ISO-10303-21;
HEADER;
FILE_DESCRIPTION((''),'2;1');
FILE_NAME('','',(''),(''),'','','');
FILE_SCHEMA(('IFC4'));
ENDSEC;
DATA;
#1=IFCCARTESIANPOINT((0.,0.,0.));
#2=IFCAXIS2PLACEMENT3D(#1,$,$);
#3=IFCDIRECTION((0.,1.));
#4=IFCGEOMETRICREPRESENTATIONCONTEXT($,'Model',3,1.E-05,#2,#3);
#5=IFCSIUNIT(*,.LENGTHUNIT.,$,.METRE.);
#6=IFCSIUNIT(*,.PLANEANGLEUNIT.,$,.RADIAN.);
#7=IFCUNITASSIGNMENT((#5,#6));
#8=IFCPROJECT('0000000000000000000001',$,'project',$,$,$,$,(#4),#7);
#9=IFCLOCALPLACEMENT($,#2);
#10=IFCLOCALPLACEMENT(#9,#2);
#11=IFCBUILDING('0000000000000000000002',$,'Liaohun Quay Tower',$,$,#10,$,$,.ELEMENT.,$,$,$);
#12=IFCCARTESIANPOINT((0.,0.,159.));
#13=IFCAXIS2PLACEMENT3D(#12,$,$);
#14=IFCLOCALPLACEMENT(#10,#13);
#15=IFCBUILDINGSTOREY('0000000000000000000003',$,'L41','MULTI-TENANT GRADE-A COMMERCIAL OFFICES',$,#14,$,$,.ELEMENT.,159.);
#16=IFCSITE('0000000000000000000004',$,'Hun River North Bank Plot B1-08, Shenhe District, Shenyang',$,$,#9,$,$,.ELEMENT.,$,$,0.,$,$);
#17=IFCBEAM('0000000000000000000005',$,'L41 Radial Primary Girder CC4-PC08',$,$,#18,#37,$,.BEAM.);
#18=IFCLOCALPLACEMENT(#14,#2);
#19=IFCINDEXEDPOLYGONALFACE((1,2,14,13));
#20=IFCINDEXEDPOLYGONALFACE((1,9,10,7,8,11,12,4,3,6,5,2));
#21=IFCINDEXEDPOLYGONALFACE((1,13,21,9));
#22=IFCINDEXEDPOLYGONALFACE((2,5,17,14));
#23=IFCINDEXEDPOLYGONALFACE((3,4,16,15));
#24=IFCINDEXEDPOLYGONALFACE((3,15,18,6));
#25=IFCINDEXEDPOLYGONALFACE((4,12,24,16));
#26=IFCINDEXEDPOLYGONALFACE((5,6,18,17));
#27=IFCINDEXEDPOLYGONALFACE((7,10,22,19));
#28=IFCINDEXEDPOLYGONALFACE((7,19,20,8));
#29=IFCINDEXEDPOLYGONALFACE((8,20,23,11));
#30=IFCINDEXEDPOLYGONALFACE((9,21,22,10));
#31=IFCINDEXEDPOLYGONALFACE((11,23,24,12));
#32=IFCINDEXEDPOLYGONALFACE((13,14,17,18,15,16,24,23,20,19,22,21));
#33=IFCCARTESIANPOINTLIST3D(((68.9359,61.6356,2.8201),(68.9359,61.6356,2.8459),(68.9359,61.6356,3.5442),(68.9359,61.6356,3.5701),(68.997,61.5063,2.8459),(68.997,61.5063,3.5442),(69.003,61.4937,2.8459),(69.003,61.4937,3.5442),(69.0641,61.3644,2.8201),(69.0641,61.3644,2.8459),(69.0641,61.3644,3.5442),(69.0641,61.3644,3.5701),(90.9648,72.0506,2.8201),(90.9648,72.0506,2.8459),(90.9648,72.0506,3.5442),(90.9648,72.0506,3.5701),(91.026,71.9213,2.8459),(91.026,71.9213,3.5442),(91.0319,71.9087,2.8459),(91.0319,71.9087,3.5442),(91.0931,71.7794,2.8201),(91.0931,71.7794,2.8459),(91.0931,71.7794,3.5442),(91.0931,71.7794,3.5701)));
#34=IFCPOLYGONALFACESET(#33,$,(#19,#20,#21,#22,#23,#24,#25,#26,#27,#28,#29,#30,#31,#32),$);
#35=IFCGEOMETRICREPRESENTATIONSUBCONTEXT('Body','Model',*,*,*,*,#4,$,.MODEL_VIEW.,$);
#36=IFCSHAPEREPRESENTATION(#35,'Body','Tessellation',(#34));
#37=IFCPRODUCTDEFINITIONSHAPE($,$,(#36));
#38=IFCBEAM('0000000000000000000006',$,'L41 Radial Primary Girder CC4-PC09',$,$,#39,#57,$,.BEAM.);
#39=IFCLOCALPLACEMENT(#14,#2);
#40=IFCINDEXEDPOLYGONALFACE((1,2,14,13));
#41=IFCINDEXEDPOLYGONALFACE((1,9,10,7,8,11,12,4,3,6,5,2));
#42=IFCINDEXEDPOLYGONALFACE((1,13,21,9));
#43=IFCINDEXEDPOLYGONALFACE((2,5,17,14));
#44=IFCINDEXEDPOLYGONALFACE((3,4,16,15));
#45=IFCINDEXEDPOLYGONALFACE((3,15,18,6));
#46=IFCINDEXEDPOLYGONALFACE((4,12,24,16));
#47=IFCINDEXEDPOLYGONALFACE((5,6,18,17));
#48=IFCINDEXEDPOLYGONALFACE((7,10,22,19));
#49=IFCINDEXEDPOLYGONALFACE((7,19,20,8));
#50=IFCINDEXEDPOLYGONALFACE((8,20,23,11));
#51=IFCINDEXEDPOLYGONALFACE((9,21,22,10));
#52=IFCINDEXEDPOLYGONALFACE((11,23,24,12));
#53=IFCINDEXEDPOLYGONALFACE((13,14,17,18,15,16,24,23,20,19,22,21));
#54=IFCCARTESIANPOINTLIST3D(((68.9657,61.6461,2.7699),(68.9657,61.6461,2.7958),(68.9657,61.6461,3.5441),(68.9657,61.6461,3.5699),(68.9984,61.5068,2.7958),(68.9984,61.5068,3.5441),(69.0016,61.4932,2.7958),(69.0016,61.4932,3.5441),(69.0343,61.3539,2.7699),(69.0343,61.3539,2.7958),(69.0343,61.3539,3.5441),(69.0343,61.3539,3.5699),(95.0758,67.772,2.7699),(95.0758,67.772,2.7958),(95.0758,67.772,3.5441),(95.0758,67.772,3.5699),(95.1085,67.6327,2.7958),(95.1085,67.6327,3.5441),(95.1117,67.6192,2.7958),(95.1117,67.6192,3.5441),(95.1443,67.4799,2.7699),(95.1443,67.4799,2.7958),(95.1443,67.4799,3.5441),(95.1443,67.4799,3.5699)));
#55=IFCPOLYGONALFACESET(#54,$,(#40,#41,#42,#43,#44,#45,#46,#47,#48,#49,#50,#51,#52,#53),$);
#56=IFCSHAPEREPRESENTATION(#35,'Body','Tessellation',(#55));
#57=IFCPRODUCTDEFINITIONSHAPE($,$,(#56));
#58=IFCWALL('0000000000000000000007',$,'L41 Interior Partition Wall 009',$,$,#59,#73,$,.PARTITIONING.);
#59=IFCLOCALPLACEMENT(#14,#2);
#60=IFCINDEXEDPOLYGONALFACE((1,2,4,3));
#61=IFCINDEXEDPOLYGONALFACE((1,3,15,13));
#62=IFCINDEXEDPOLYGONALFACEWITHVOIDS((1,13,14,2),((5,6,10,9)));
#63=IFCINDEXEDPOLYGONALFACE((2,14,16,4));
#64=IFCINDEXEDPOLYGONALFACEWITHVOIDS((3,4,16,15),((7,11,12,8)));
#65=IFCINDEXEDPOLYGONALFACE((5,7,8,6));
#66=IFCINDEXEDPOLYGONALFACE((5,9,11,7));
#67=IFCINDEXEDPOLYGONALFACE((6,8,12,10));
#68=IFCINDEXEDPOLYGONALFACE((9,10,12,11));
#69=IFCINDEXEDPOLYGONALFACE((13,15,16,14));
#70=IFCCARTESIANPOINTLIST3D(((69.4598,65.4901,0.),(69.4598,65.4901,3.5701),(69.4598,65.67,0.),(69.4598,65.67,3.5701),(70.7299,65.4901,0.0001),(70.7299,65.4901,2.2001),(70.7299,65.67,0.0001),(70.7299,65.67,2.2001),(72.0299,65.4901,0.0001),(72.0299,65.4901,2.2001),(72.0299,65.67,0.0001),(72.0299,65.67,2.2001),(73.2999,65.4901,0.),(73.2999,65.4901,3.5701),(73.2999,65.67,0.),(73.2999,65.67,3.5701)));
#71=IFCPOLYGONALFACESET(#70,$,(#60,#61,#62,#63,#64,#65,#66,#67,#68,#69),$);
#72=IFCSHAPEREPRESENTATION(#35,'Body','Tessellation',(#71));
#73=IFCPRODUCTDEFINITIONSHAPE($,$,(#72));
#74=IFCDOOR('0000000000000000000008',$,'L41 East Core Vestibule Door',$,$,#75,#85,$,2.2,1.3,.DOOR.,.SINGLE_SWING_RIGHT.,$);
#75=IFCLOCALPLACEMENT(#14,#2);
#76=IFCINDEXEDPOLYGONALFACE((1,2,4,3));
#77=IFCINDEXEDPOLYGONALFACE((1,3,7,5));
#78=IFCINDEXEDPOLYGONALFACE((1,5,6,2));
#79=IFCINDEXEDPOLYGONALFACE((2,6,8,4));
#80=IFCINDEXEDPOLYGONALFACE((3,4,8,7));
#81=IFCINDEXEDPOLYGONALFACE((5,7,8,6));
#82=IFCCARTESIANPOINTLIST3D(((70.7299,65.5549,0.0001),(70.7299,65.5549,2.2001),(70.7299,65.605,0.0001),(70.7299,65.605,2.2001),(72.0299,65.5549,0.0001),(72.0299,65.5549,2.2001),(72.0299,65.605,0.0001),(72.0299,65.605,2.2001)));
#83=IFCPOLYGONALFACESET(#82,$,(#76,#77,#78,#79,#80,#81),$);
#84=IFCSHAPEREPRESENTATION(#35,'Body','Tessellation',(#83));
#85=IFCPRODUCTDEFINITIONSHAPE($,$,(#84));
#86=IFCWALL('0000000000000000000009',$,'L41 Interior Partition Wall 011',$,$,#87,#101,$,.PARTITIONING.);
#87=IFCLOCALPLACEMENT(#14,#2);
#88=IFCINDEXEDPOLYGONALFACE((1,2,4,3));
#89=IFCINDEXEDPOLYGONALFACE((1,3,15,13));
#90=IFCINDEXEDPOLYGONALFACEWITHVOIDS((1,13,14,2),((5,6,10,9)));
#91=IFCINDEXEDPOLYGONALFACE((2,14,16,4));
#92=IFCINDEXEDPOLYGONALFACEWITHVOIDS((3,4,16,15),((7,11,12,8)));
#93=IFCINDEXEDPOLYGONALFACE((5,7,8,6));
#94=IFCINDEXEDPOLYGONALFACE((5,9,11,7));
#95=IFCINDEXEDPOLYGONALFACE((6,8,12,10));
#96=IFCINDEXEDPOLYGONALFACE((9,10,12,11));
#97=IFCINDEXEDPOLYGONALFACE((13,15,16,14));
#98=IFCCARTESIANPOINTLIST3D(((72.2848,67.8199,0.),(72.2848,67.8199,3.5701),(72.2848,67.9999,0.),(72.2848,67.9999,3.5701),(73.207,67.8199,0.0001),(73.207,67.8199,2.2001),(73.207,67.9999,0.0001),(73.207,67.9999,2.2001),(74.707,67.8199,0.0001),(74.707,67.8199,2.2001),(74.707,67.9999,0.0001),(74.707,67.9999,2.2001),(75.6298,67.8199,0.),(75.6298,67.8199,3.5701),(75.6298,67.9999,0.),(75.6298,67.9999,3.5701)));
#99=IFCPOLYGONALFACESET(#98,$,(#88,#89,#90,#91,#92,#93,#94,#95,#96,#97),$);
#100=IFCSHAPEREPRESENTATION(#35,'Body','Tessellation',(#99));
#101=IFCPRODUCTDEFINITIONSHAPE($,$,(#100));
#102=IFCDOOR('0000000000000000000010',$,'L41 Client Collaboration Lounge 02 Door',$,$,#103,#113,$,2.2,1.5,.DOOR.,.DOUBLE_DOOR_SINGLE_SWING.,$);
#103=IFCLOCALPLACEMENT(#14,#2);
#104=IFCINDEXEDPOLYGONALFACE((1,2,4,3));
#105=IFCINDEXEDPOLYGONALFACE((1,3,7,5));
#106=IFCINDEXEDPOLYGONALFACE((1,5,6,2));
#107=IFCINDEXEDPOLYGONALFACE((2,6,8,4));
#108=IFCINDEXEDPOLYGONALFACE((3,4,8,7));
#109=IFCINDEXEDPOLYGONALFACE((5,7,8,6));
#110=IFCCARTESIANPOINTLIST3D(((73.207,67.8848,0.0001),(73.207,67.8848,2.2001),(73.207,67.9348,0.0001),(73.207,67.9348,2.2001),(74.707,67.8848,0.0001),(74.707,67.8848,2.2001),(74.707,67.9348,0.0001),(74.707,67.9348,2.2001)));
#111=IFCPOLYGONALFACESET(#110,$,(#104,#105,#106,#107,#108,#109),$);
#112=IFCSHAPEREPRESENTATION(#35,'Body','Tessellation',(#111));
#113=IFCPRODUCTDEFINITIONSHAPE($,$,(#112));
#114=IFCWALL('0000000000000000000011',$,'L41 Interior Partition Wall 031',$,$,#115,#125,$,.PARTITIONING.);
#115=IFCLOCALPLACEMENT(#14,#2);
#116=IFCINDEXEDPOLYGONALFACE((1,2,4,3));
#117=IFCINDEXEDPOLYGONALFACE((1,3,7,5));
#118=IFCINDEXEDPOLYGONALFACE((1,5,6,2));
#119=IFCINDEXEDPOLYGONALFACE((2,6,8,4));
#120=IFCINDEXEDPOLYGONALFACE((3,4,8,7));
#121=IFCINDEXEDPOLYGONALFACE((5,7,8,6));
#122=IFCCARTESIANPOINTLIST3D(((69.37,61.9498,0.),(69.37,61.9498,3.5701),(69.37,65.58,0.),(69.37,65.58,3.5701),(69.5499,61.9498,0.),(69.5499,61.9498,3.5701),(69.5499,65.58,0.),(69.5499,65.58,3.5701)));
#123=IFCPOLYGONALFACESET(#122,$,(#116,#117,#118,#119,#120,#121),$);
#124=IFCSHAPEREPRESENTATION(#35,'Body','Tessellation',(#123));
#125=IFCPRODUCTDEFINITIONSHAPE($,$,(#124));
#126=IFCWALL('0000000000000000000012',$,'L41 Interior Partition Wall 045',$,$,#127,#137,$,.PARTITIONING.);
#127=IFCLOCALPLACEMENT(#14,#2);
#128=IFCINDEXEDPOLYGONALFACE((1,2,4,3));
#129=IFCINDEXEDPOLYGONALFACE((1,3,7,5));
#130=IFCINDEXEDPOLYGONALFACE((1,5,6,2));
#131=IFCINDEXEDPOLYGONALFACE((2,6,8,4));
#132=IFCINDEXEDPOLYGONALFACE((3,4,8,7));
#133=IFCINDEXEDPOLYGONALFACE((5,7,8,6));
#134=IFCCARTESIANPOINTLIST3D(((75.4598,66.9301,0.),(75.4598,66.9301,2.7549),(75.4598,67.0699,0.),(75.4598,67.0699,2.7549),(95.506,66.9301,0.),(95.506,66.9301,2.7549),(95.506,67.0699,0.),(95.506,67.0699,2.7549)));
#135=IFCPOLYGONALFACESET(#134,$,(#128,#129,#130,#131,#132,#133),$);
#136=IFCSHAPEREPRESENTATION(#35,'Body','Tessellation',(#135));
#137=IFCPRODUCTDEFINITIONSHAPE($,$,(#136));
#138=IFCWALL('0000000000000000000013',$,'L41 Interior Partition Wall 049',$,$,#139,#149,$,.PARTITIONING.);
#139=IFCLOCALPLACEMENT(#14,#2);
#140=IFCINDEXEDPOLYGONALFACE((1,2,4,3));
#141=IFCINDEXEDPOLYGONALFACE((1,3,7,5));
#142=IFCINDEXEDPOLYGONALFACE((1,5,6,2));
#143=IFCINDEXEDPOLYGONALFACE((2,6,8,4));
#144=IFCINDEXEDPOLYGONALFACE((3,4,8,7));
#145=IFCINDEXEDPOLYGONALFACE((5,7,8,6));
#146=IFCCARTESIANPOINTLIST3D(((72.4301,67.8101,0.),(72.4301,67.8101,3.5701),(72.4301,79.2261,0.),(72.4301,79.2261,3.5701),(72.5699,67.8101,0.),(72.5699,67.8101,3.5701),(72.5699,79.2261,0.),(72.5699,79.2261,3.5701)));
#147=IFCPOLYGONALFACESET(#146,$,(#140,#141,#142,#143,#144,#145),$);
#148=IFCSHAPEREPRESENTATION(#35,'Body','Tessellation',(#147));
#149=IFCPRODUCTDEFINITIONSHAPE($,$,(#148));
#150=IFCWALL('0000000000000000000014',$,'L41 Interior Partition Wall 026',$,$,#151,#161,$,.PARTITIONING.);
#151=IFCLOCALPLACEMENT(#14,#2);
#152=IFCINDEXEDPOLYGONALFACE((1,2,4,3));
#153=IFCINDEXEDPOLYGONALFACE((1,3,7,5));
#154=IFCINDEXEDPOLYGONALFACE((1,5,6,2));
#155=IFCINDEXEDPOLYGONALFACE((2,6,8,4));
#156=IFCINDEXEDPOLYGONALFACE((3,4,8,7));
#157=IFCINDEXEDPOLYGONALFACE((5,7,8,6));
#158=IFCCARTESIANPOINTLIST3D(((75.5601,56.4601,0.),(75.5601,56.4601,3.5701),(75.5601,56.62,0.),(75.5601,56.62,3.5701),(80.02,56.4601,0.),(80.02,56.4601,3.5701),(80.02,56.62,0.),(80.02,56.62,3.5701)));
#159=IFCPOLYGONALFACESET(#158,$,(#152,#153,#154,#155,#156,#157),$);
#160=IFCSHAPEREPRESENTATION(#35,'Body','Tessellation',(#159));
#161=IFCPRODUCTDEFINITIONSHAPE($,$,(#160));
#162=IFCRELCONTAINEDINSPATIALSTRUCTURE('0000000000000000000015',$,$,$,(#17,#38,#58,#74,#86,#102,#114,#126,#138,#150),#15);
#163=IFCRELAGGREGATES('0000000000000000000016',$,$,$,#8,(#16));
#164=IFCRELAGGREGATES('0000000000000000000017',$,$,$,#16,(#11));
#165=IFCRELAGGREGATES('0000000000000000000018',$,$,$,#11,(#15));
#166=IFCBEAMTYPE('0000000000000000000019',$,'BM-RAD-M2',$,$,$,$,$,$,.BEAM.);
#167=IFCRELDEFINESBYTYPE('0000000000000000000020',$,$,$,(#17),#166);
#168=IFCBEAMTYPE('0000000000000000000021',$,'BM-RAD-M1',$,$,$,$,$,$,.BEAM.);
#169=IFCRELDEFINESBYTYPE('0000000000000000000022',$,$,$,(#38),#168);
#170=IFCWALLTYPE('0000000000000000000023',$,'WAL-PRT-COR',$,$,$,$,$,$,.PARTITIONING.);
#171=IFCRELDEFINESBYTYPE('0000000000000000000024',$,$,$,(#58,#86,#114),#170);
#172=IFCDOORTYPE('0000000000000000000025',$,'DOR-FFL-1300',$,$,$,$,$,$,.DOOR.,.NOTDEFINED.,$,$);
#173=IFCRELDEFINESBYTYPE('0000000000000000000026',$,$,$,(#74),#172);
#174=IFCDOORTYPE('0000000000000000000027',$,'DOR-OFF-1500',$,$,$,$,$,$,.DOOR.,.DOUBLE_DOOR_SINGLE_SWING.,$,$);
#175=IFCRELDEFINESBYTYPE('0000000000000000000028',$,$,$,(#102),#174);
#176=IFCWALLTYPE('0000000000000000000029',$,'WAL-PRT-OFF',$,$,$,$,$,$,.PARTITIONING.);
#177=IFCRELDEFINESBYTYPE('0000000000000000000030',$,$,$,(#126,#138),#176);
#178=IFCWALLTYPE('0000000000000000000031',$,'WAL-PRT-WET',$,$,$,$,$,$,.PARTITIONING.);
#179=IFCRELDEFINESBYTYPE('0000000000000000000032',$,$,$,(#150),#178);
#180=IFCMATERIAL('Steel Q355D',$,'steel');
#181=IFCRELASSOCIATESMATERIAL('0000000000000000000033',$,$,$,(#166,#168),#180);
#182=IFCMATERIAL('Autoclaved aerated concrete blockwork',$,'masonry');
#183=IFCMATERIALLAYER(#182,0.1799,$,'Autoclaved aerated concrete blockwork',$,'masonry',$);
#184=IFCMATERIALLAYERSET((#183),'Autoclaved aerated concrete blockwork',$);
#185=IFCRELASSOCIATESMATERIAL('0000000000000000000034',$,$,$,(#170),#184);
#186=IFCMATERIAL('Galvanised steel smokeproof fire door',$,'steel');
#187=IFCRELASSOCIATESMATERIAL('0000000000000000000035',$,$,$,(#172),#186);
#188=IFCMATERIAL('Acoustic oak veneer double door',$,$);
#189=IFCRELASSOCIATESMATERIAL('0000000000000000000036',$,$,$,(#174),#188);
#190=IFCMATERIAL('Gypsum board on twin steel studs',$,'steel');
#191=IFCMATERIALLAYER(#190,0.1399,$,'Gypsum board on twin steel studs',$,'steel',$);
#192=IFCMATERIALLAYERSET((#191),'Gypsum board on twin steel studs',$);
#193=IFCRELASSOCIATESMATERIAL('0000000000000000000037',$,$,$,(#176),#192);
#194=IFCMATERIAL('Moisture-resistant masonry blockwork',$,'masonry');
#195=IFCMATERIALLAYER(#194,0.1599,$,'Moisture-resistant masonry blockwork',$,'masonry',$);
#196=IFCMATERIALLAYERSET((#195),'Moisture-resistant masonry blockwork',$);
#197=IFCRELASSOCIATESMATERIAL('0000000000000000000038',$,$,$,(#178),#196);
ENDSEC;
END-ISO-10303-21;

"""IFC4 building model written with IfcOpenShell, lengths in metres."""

from ifc_helpers import new_model, si_unit, direction, frame, frame_2d, origin, origin_2d, place, context, subcontext, project, spatial, rectangle, i_section, extrude, source, transform, mapped, material, layer, layer_set, material_profile, profile_set, type_object, element, fill, save


model = new_model("IFC4")

# Units and contexts
model_context = context("Model", 3, precision=1e-05, world=origin(), true_north=direction((0.0, 1.0)))
body_context = subcontext(model_context, "Body", "Model", "MODEL_VIEW")
ifc_project = project(units=[si_unit("LENGTHUNIT", "METRE"), si_unit("PLANEANGLEUNIT", "RADIAN")], contexts=[model_context])

# Site, building, storey
site_placement = place(None, origin())
site = spatial("IfcSite", under=ifc_project, at=site_placement, Name="Hun River North Bank Plot B1-08, Shenhe District, Shenyang", CompositionType="ELEMENT", RefElevation=0.0)
building_placement = place(site_placement, origin())
building = spatial("IfcBuilding", under=site, at=building_placement, Name="Liaohun Quay Tower", CompositionType="ELEMENT")
storey_placement = place(building_placement, frame((0.0, 0.0, 159.0)))
storey = spatial("IfcBuildingStorey", under=building, at=storey_placement, Name="L41", Description="MULTI-TENANT GRADE-A COMMERCIAL OFFICES", CompositionType="ELEMENT", Elevation=159.0)

# Beams
ifc_material_1 = material(Name="Steel Q355D", Category="steel")
ifc_material_profile_1 = material_profile(ifc_material_1, i_section(OverallWidth=0.3, OverallDepth=0.75, WebThickness=0.0139, FlangeThickness=0.0259, at=origin_2d()), Name="HN750x300x14x26")
ifc_profile_set_1 = profile_set([ifc_material_profile_1], Name="Steel Q355D")
beam_type_1 = type_object("IfcBeamType", Name="BM-RAD-M2", PredefinedType="BEAM", material=ifc_profile_set_1)
shared_shape_1 = source(origin(), body_context, "Body", "SweptSolid", [
    extrude(i_section(OverallWidth=0.3, OverallDepth=0.75, WebThickness=0.0139, FlangeThickness=0.0259, at=origin_2d()), origin(), (0.0, 0.0, 1.0), 24.3669),
])
beam_1_placement = place(storey_placement, frame((69.0, 61.5, 3.1951), z_axis=(0.904052, 0.427423, 0.0), x_axis=(-0.427423, 0.904052, 0.0)))
element("IfcBeam", 1, at=beam_1_placement, inside=storey, type_object=beam_type_1, Name="L41 Radial Primary Girder CC4-PC08", PredefinedType="BEAM", context=body_context, shape_type="MappedRepresentation", body=[
    mapped(shared_shape_1, transform((0.0, 0.0, 0.0), x_axis=(1.0, 0.0, 0.0), y_axis=(0.0, 1.0, 0.0), z_axis=(0.0, 0.0, 1.0), scale=1.0)),
])
ifc_material_profile_2 = material_profile(ifc_material_1, i_section(OverallWidth=0.3, OverallDepth=0.8, WebThickness=0.0139, FlangeThickness=0.0259, at=origin_2d()), Name="HN800x300x14x26")
ifc_profile_set_2 = profile_set([ifc_material_profile_2], Name="Steel Q355D")
beam_type_2 = type_object("IfcBeamType", Name="BM-RAD-M1", PredefinedType="BEAM", material=ifc_profile_set_2)
shared_shape_2 = source(origin(), body_context, "Body", "SweptSolid", [
    extrude(i_section(OverallWidth=0.3, OverallDepth=0.8, WebThickness=0.0139, FlangeThickness=0.0259, at=origin_2d()), origin(), (0.0, 0.0, 1.0), 26.8191),
])
beam_2_placement = place(storey_placement, frame((69.0, 61.5, 3.1699), z_axis=(0.973563, 0.228418, 0.0), x_axis=(-0.228418, 0.973563, 0.0)))
element("IfcBeam", 2, at=beam_2_placement, inside=storey, type_object=beam_type_2, Name="L41 Radial Primary Girder CC4-PC09", PredefinedType="BEAM", context=body_context, shape_type="MappedRepresentation", body=[
    mapped(shared_shape_2, transform((0.0, 0.0, 0.0), x_axis=(1.0, 0.0, 0.0), y_axis=(0.0, 1.0, 0.0), z_axis=(0.0, 0.0, 1.0), scale=1.0)),
])

# Walls, openings, doors
ifc_material_2 = material(Name="Autoclaved aerated concrete blockwork", Category="masonry")
ifc_layer_1 = layer(ifc_material_2, 0.1799, Name="Autoclaved aerated concrete blockwork", Category="masonry")
ifc_layer_set_1 = layer_set([ifc_layer_1], Name="Autoclaved aerated concrete blockwork")
wall_type_1 = type_object("IfcWallType", Name="WAL-PRT-COR", PredefinedType="PARTITIONING", material=ifc_layer_set_1)
wall_1_placement = place(storey_placement, frame((69.46, 65.5801, 0.0), z_axis=(0.0, 0.0, 1.0), x_axis=(1.0, 0.0, 0.0)))
wall_1 = element("IfcWall", 3, at=wall_1_placement, inside=storey, type_object=wall_type_1, Name="L41 Interior Partition Wall 009", PredefinedType="PARTITIONING", context=body_context, shape_type="SweptSolid", body=[
    extrude(rectangle(XDim=3.8401, YDim=0.1799, at=frame_2d((1.9199, 0.0))), origin(), (0.0, 0.0, 1.0), 3.5701),
])
shared_shape_3 = source(origin(), body_context, "Body", "SweptSolid", [
    extrude(rectangle(XDim=1.3, YDim=2.2, at=frame_2d((0.6499, 1.1001))), frame((0.0, 0.0999, 0.0), z_axis=(0.0, -1.0, 0.0), x_axis=(1.0, 0.0, 0.0)), (0.0, 0.0, 1.0), 0.2),
])
opening_1_placement = place(wall_1_placement, frame((1.27, 0.0, 0.0)))
opening_1 = element("IfcOpeningElement", 4, at=opening_1_placement, cuts=wall_1, PredefinedType="OPENING", context=body_context, shape_type="MappedRepresentation", body=[
    mapped(shared_shape_3, transform((0.0, 0.0, 0.0), x_axis=(1.0, 0.0, 0.0), y_axis=(0.0, 1.0, 0.0), z_axis=(0.0, 0.0, 1.0), scale=1.0)),
])
ifc_material_3 = material(Name="Galvanised steel smokeproof fire door", Category="steel")
door_type_1 = type_object("IfcDoorType", Name="DOR-FFL-1300", OperationType="NOTDEFINED", PredefinedType="DOOR", material=ifc_material_3)
shared_shape_4 = source(origin(), body_context, "Body", "SweptSolid", [
    extrude(rectangle(XDim=1.3, YDim=2.2, at=frame_2d((0.6499, 1.1001))), frame((0.0, 0.0249, 0.0), z_axis=(0.0, -1.0, 0.0), x_axis=(1.0, 0.0, 0.0)), (0.0, 0.0, 1.0), 0.05),
])
door_1_placement = place(opening_1_placement, origin())
door_1 = element("IfcDoor", 5, at=door_1_placement, inside=storey, type_object=door_type_1, Name="L41 East Core Vestibule Door", OperationType="SINGLE_SWING_RIGHT", OverallHeight=2.2, OverallWidth=1.3, PredefinedType="DOOR", context=body_context, shape_type="MappedRepresentation", body=[
    mapped(shared_shape_4, transform((0.0, 0.0, 0.0), x_axis=(1.0, 0.0, 0.0), y_axis=(0.0, 1.0, 0.0), z_axis=(0.0, 0.0, 1.0), scale=1.0)),
])
fill(opening_1, door_1)
wall_2_placement = place(storey_placement, frame((72.2849, 67.9099, 0.0), z_axis=(0.0, 0.0, 1.0), x_axis=(1.0, 0.0, 0.0)))
wall_2 = element("IfcWall", 6, at=wall_2_placement, inside=storey, type_object=wall_type_1, Name="L41 Interior Partition Wall 011", PredefinedType="PARTITIONING", context=body_context, shape_type="SweptSolid", body=[
    extrude(rectangle(XDim=3.345, YDim=0.1799, at=frame_2d((1.6724, 0.0))), origin(), (0.0, 0.0, 1.0), 3.5701),
])
shared_shape_5 = source(origin(), body_context, "Body", "SweptSolid", [
    extrude(rectangle(XDim=1.5, YDim=2.2, at=frame_2d((0.75, 1.1001))), frame((0.0, 0.0999, 0.0), z_axis=(0.0, -1.0, 0.0), x_axis=(1.0, 0.0, 0.0)), (0.0, 0.0, 1.0), 0.2),
])
opening_2_placement = place(wall_2_placement, frame((0.9221, 0.0, 0.0)))
opening_2 = element("IfcOpeningElement", 7, at=opening_2_placement, cuts=wall_2, PredefinedType="OPENING", context=body_context, shape_type="MappedRepresentation", body=[
    mapped(shared_shape_5, transform((0.0, 0.0, 0.0), x_axis=(1.0, 0.0, 0.0), y_axis=(0.0, 1.0, 0.0), z_axis=(0.0, 0.0, 1.0), scale=1.0)),
])
ifc_material_4 = material(Name="Acoustic oak veneer double door")
door_type_2 = type_object("IfcDoorType", Name="DOR-OFF-1500", OperationType="DOUBLE_DOOR_SINGLE_SWING", PredefinedType="DOOR", material=ifc_material_4)
shared_shape_6 = source(origin(), body_context, "Body", "SweptSolid", [
    extrude(rectangle(XDim=1.5, YDim=2.2, at=frame_2d((0.75, 1.1001))), frame((0.0, 0.0249, 0.0), z_axis=(0.0, -1.0, 0.0), x_axis=(1.0, 0.0, 0.0)), (0.0, 0.0, 1.0), 0.05),
])
door_2_placement = place(opening_2_placement, origin())
door_2 = element("IfcDoor", 8, at=door_2_placement, inside=storey, type_object=door_type_2, Name="L41 Client Collaboration Lounge 02 Door", OperationType="DOUBLE_DOOR_SINGLE_SWING", OverallHeight=2.2, OverallWidth=1.5, PredefinedType="DOOR", context=body_context, shape_type="MappedRepresentation", body=[
    mapped(shared_shape_6, transform((0.0, 0.0, 0.0), x_axis=(1.0, 0.0, 0.0), y_axis=(0.0, 1.0, 0.0), z_axis=(0.0, 0.0, 1.0), scale=1.0)),
])
fill(opening_2, door_2)

# Walls
wall_3_placement = place(storey_placement, frame((69.46, 61.95, 0.0), z_axis=(0.0, 0.0, 1.0), x_axis=(0.0, 1.0, 0.0)))
element("IfcWall", 9, at=wall_3_placement, inside=storey, type_object=wall_type_1, Name="L41 Interior Partition Wall 031", PredefinedType="PARTITIONING", context=body_context, shape_type="SweptSolid", body=[
    extrude(rectangle(XDim=3.6301, YDim=0.1799, at=frame_2d((1.8149, 0.0))), origin(), (0.0, 0.0, 1.0), 3.5701),
])
ifc_material_5 = material(Name="Gypsum board on twin steel studs", Category="steel")
ifc_layer_2 = layer(ifc_material_5, 0.1399, Name="Gypsum board on twin steel studs", Category="steel")
ifc_layer_set_2 = layer_set([ifc_layer_2], Name="Gypsum board on twin steel studs")
wall_type_2 = type_object("IfcWallType", Name="WAL-PRT-OFF", PredefinedType="PARTITIONING", material=ifc_layer_set_2)
wall_4_placement = place(storey_placement, frame((75.46, 67.0, 0.0), z_axis=(0.0, 0.0, 1.0), x_axis=(1.0, 0.0, 0.0)))
element("IfcWall", 10, at=wall_4_placement, inside=storey, type_object=wall_type_2, Name="L41 Interior Partition Wall 045", PredefinedType="PARTITIONING", context=body_context, shape_type="SweptSolid", body=[
    extrude(rectangle(XDim=20.0461, YDim=0.1399, at=frame_2d((10.0229, 0.0))), origin(), (0.0, 0.0, 1.0), 2.7549),
])
wall_5_placement = place(storey_placement, frame((72.5, 67.8101, 0.0), z_axis=(0.0, 0.0, 1.0), x_axis=(0.0, 1.0, 0.0)))
element("IfcWall", 11, at=wall_5_placement, inside=storey, type_object=wall_type_2, Name="L41 Interior Partition Wall 049", PredefinedType="PARTITIONING", context=body_context, shape_type="SweptSolid", body=[
    extrude(rectangle(XDim=11.416, YDim=0.1399, at=frame_2d((5.708, 0.0))), origin(), (0.0, 0.0, 1.0), 3.5701),
])

# Shared definitions
ifc_material_6 = material(Name="Moisture-resistant masonry blockwork", Category="masonry")
ifc_layer_3 = layer(ifc_material_6, 0.1599, Name="Moisture-resistant masonry blockwork", Category="masonry")
ifc_layer_set_3 = layer_set([ifc_layer_3], Name="Moisture-resistant masonry blockwork")
wall_type_3 = type_object("IfcWallType", Name="WAL-PRT-WET", PredefinedType="PARTITIONING", material=ifc_layer_set_3)

# Wall
for number, where, z_axis, x_axis, name in (
    (12, (75.5601, 56.54, 0.0), (0.0, 0.0, 1.0), (1.0, 0.0, 0.0), "L41 Interior Partition Wall 026"),
):
    element("IfcWall", number, at=place(storey_placement, frame(where, z_axis=z_axis, x_axis=x_axis)), inside=storey, type_object=wall_type_3, Name=name, PredefinedType="PARTITIONING", context=body_context, shape_type="SweptSolid", body=[
        extrude(rectangle(XDim=4.46, YDim=0.1599, at=frame_2d((2.23, 0.0))), origin(), (0.0, 0.0, 1.0), 3.5701),
    ])

save(model, "model.ifc")
